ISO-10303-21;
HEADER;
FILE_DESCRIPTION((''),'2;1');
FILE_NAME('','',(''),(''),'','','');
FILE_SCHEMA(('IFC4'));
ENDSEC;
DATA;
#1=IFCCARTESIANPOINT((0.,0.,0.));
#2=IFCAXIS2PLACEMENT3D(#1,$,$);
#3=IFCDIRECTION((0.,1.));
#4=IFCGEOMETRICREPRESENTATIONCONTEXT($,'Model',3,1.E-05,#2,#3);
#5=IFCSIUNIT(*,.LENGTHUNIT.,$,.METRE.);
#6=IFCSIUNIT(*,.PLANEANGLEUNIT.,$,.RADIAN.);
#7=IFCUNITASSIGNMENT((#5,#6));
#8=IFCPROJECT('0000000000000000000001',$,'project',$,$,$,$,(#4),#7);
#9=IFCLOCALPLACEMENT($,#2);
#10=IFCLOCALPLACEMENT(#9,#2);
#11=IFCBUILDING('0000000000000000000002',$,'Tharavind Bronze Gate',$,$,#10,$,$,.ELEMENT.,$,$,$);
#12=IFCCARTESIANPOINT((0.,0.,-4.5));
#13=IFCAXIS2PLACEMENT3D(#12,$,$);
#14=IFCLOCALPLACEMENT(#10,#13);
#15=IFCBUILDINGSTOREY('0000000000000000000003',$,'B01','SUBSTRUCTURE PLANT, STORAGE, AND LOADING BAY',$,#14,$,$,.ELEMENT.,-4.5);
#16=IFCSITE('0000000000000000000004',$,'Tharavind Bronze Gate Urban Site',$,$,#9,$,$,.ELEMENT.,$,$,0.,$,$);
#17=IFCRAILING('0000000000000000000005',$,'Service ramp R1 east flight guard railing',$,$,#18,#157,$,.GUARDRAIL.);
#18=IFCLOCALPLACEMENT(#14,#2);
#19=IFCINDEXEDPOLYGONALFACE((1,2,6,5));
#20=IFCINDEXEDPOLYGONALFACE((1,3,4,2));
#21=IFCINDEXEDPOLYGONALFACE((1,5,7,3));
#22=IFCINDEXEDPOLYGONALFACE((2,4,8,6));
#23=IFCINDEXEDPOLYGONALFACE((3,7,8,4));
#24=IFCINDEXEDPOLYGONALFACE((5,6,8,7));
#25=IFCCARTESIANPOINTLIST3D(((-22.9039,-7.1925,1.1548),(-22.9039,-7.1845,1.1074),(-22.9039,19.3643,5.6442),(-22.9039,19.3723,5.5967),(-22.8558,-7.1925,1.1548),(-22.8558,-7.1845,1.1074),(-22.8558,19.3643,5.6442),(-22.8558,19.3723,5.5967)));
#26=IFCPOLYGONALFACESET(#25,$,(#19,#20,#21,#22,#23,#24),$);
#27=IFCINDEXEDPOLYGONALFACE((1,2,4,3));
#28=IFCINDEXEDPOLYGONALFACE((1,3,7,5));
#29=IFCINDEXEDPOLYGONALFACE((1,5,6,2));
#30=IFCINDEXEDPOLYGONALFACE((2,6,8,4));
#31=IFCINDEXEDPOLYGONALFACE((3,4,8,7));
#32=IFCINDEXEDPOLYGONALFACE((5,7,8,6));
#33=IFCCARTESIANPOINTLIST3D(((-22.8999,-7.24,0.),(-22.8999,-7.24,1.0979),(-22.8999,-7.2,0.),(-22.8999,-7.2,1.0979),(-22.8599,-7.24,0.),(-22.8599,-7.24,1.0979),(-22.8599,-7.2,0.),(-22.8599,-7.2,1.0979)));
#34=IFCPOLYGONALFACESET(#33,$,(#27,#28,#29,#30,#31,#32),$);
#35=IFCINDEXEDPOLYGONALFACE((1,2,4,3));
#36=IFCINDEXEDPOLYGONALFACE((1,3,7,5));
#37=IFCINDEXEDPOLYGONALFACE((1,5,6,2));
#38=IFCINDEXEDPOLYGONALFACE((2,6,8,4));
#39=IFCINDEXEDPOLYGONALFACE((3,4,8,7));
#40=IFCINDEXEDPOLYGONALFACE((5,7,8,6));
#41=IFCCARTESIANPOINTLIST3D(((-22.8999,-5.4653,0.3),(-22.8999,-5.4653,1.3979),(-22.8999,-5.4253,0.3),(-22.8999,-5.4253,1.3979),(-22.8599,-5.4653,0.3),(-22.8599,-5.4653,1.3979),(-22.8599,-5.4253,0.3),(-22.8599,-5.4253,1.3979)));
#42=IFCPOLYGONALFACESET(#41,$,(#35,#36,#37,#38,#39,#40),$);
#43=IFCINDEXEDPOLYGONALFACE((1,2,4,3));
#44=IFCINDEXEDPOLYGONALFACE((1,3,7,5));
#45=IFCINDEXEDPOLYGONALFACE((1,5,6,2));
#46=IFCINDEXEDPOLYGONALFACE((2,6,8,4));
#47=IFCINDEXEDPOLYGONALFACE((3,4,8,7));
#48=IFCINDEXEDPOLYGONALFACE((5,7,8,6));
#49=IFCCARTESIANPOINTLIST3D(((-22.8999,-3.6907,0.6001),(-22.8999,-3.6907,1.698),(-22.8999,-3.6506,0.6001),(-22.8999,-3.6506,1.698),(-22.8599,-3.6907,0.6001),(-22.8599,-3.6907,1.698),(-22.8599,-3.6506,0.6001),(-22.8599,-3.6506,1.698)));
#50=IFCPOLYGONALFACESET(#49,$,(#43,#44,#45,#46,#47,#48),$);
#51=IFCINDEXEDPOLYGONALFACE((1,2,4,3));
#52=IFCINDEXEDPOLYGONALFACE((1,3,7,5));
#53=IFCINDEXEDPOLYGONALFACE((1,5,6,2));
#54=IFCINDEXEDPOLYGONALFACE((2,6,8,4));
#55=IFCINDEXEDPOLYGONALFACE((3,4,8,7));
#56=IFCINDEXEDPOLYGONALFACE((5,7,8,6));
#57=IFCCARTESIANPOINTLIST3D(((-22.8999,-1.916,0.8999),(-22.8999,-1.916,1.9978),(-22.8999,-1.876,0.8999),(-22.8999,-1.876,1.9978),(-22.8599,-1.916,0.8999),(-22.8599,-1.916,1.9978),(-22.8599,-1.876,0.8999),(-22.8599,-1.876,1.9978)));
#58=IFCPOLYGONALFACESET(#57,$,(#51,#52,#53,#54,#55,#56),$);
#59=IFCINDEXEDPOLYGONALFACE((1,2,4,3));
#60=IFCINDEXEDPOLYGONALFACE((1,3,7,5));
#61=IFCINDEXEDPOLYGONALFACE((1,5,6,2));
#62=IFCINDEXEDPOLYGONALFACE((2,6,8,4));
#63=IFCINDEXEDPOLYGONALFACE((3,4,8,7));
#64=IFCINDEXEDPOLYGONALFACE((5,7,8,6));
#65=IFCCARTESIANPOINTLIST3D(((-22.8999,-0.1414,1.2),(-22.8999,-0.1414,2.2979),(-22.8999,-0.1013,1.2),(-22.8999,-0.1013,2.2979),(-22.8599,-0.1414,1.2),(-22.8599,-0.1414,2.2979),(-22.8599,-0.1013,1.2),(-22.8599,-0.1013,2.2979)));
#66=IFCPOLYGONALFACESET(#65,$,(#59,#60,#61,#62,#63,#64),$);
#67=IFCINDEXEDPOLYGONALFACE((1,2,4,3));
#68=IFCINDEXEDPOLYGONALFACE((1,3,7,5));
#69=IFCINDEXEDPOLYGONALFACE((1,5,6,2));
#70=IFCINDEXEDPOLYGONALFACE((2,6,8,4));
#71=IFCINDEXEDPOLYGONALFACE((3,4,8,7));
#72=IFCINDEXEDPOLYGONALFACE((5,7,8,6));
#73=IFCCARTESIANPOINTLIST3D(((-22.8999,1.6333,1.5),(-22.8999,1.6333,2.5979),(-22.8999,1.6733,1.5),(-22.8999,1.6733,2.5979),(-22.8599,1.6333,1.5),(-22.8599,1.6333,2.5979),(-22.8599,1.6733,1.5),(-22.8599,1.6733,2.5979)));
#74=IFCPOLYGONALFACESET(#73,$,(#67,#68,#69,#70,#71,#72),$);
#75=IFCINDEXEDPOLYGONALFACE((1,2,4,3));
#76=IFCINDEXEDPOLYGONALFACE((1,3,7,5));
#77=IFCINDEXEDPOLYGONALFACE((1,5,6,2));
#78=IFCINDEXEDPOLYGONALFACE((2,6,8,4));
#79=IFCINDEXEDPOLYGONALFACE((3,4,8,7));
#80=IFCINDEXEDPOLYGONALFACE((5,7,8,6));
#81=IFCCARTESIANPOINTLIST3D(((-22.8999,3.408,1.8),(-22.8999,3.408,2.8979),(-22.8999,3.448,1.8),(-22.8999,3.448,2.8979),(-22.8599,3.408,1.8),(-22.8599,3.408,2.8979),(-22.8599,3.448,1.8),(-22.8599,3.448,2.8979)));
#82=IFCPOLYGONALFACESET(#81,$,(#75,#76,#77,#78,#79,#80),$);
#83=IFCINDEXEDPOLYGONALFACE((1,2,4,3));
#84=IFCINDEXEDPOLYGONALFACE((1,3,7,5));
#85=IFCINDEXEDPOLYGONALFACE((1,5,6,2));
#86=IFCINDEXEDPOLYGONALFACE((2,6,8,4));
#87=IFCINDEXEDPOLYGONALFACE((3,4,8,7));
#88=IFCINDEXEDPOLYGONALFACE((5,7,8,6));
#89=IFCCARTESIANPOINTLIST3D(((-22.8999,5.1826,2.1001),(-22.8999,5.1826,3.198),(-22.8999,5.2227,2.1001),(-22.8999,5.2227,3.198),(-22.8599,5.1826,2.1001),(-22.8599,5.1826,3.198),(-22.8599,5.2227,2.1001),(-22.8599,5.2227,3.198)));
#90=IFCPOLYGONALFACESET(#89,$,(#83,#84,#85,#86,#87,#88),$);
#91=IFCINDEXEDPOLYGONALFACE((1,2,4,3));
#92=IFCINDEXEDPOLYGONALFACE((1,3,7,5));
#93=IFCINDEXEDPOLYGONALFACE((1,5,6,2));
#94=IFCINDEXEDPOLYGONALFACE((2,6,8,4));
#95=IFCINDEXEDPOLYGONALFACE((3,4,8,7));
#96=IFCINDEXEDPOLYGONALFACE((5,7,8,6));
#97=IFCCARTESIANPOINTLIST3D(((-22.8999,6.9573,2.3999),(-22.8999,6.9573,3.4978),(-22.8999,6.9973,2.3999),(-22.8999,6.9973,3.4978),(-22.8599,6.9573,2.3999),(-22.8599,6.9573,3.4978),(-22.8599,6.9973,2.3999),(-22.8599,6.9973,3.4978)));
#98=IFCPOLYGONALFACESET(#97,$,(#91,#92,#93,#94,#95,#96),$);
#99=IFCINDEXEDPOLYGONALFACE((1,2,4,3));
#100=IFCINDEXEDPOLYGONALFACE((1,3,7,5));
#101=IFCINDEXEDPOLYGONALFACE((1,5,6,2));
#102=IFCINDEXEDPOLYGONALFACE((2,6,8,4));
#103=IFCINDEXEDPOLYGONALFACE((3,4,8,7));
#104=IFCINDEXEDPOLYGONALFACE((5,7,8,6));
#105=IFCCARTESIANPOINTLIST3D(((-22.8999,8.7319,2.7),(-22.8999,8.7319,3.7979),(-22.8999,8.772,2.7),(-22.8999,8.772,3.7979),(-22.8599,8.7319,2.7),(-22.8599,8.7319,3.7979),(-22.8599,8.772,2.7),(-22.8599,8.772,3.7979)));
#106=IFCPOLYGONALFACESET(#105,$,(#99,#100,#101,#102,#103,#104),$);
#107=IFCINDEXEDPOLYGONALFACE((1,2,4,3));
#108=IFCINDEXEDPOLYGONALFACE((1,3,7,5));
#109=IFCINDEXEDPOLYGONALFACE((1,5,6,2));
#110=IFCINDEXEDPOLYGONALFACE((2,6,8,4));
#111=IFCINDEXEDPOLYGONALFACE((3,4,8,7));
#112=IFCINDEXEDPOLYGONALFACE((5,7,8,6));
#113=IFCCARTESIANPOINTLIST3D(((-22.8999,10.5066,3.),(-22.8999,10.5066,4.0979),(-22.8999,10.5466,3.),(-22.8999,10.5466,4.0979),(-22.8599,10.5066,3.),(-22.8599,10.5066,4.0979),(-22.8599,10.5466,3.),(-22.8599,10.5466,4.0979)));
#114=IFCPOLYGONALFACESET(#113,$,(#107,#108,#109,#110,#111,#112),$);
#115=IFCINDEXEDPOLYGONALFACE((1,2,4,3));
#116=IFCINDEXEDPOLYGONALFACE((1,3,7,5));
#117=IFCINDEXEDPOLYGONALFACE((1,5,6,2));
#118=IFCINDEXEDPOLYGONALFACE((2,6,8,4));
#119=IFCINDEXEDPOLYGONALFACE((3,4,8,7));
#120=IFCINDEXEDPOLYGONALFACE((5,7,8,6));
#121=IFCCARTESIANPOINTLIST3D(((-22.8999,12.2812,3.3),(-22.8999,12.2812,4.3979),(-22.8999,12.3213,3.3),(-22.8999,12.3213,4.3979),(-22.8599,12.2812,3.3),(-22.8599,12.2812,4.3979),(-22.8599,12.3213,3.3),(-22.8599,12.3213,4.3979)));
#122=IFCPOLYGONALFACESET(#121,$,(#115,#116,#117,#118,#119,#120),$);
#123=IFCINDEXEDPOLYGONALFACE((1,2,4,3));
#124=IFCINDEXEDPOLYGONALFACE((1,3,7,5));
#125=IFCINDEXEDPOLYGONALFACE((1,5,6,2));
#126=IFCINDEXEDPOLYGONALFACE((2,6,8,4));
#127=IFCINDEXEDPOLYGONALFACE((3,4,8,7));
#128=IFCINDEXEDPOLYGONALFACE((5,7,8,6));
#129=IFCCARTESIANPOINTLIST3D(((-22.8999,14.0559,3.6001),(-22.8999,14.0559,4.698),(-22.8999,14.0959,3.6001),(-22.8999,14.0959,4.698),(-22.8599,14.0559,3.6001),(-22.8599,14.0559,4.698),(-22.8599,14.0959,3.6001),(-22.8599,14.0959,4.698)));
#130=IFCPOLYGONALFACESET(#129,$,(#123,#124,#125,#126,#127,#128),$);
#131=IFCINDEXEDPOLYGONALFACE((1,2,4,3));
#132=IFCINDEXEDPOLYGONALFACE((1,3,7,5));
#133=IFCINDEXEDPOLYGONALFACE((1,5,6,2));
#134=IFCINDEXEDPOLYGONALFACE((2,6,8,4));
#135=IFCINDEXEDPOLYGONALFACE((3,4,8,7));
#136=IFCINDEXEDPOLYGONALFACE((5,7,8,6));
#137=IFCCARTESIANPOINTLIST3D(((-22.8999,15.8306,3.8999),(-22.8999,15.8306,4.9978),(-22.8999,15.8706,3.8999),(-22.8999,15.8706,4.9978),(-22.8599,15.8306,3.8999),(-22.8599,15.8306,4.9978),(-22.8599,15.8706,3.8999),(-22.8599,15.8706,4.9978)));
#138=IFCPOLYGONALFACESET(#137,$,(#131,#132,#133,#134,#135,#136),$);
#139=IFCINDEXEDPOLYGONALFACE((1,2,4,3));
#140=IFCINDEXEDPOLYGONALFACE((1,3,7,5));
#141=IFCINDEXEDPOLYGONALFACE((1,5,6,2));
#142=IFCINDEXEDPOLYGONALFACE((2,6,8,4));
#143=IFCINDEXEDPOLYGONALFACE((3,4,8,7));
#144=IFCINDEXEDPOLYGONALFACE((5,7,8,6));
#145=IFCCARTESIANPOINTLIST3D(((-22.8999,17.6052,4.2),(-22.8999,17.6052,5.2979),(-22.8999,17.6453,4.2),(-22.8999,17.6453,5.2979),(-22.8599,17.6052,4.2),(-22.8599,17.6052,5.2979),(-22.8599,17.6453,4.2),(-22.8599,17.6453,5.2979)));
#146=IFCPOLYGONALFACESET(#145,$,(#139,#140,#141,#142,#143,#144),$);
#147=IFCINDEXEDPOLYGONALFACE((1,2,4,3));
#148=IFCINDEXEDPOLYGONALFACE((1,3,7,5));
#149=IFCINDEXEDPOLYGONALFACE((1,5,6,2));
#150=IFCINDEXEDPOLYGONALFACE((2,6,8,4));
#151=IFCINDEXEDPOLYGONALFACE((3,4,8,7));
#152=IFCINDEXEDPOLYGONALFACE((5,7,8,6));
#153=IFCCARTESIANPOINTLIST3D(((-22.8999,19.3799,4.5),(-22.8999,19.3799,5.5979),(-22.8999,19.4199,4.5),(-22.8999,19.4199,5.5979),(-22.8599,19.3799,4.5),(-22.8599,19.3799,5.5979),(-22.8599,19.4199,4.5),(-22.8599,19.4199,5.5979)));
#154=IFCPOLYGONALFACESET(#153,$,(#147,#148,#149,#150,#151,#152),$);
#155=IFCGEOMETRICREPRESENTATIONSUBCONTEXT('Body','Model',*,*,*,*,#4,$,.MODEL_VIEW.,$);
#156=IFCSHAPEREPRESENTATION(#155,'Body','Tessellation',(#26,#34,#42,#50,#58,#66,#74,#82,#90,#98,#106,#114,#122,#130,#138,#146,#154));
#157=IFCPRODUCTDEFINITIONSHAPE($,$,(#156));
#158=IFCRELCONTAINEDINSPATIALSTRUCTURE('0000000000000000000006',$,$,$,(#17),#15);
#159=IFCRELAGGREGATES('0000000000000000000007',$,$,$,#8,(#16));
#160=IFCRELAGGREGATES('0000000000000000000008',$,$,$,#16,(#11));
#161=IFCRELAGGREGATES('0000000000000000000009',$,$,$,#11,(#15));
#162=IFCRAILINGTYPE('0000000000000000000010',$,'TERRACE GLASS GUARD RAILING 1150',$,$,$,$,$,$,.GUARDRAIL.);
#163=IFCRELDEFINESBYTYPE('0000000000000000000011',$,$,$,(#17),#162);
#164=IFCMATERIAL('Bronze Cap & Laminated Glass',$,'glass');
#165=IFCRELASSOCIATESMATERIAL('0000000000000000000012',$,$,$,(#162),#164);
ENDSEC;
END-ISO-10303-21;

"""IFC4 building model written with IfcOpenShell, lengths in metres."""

from ifc_helpers import new_model, si_unit, direction, frame, origin, origin_2d, place, context, subcontext, project, spatial, rectangle, extrude, material, type_object, element, save


model = new_model("IFC4")

# Units and contexts
model_context = context("Model", 3, precision=1e-05, world=origin(), true_north=direction((0.0, 1.0)))
body_context = subcontext(model_context, "Body", "Model", "MODEL_VIEW")
ifc_project = project(units=[si_unit("LENGTHUNIT", "METRE"), si_unit("PLANEANGLEUNIT", "RADIAN")], contexts=[model_context])

# Site, building, storey
site_placement = place(None, origin())
site = spatial("IfcSite", under=ifc_project, at=site_placement, Name="Tharavind Bronze Gate Urban Site", CompositionType="ELEMENT", RefElevation=0.0)
building_placement = place(site_placement, origin())
building = spatial("IfcBuilding", under=site, at=building_placement, Name="Tharavind Bronze Gate", CompositionType="ELEMENT")
storey_placement = place(building_placement, frame((0.0, 0.0, -4.5)))
storey = spatial("IfcBuildingStorey", under=building, at=storey_placement, Name="B01", Description="SUBSTRUCTURE PLANT, STORAGE, AND LOADING BAY", CompositionType="ELEMENT", Elevation=-4.5)

# Railing
ifc_material_1 = material(Name="Bronze Cap & Laminated Glass", Category="glass")
railing_type_1 = type_object("IfcRailingType", Name="TERRACE GLASS GUARD RAILING 1150", PredefinedType="GUARDRAIL", material=ifc_material_1)
railing_1_placement = place(storey_placement, frame((-22.8799, -7.22, 0.0)))
element("IfcRailing", 1, at=railing_1_placement, inside=storey, type_object=railing_type_1, Name="Service ramp R1 east flight guard railing", PredefinedType="GUARDRAIL", context=body_context, shape_type="SweptSolid", body=[
    extrude(rectangle(XDim=0.0481, YDim=0.0481, at=origin_2d()), frame((0.0, 0.0315, 1.1311), z_axis=(0.0, 0.986011, 0.166682), x_axis=(-1.0, 0.0, 0.0)), (0.0, 0.0, 1.0), 26.9336),
    extrude(rectangle(XDim=0.04, YDim=0.04, at=origin_2d()), origin(), (0.0, 0.0, 1.0), 1.0979),
    extrude(rectangle(XDim=0.04, YDim=0.04, at=origin_2d()), frame((0.0, 1.7747, 0.3)), (0.0, 0.0, 1.0), 1.0979),
    extrude(rectangle(XDim=0.04, YDim=0.04, at=origin_2d()), frame((0.0, 3.5493, 0.6001)), (0.0, 0.0, 1.0), 1.0979),
    extrude(rectangle(XDim=0.04, YDim=0.04, at=origin_2d()), frame((0.0, 5.324, 0.8999)), (0.0, 0.0, 1.0), 1.0979),
    extrude(rectangle(XDim=0.04, YDim=0.04, at=origin_2d()), frame((0.0, 7.0986, 1.2)), (0.0, 0.0, 1.0), 1.0979),
    extrude(rectangle(XDim=0.04, YDim=0.04, at=origin_2d()), frame((0.0, 8.8733, 1.5)), (0.0, 0.0, 1.0), 1.0979),
    extrude(rectangle(XDim=0.04, YDim=0.04, at=origin_2d()), frame((0.0, 10.6479, 1.8)), (0.0, 0.0, 1.0), 1.0979),
    extrude(rectangle(XDim=0.04, YDim=0.04, at=origin_2d()), frame((0.0, 12.4226, 2.1001)), (0.0, 0.0, 1.0), 1.0979),
    extrude(rectangle(XDim=0.04, YDim=0.04, at=origin_2d()), frame((0.0, 14.1973, 2.3999)), (0.0, 0.0, 1.0), 1.0979),
    extrude(rectangle(XDim=0.04, YDim=0.04, at=origin_2d()), frame((0.0, 15.9719, 2.7)), (0.0, 0.0, 1.0), 1.0979),
    extrude(rectangle(XDim=0.04, YDim=0.04, at=origin_2d()), frame((0.0, 17.7466, 3.0)), (0.0, 0.0, 1.0), 1.0979),
    extrude(rectangle(XDim=0.04, YDim=0.04, at=origin_2d()), frame((0.0, 19.5212, 3.3)), (0.0, 0.0, 1.0), 1.0979),
    extrude(rectangle(XDim=0.04, YDim=0.04, at=origin_2d()), frame((0.0, 21.2959, 3.6001)), (0.0, 0.0, 1.0), 1.0979),
    extrude(rectangle(XDim=0.04, YDim=0.04, at=origin_2d()), frame((0.0, 23.0706, 3.8999)), (0.0, 0.0, 1.0), 1.0979),
    extrude(rectangle(XDim=0.04, YDim=0.04, at=origin_2d()), frame((0.0, 24.8452, 4.2)), (0.0, 0.0, 1.0), 1.0979),
    extrude(rectangle(XDim=0.04, YDim=0.04, at=origin_2d()), frame((0.0, 26.6199, 4.5)), (0.0, 0.0, 1.0), 1.0979),
])

save(model, "model.ifc")
